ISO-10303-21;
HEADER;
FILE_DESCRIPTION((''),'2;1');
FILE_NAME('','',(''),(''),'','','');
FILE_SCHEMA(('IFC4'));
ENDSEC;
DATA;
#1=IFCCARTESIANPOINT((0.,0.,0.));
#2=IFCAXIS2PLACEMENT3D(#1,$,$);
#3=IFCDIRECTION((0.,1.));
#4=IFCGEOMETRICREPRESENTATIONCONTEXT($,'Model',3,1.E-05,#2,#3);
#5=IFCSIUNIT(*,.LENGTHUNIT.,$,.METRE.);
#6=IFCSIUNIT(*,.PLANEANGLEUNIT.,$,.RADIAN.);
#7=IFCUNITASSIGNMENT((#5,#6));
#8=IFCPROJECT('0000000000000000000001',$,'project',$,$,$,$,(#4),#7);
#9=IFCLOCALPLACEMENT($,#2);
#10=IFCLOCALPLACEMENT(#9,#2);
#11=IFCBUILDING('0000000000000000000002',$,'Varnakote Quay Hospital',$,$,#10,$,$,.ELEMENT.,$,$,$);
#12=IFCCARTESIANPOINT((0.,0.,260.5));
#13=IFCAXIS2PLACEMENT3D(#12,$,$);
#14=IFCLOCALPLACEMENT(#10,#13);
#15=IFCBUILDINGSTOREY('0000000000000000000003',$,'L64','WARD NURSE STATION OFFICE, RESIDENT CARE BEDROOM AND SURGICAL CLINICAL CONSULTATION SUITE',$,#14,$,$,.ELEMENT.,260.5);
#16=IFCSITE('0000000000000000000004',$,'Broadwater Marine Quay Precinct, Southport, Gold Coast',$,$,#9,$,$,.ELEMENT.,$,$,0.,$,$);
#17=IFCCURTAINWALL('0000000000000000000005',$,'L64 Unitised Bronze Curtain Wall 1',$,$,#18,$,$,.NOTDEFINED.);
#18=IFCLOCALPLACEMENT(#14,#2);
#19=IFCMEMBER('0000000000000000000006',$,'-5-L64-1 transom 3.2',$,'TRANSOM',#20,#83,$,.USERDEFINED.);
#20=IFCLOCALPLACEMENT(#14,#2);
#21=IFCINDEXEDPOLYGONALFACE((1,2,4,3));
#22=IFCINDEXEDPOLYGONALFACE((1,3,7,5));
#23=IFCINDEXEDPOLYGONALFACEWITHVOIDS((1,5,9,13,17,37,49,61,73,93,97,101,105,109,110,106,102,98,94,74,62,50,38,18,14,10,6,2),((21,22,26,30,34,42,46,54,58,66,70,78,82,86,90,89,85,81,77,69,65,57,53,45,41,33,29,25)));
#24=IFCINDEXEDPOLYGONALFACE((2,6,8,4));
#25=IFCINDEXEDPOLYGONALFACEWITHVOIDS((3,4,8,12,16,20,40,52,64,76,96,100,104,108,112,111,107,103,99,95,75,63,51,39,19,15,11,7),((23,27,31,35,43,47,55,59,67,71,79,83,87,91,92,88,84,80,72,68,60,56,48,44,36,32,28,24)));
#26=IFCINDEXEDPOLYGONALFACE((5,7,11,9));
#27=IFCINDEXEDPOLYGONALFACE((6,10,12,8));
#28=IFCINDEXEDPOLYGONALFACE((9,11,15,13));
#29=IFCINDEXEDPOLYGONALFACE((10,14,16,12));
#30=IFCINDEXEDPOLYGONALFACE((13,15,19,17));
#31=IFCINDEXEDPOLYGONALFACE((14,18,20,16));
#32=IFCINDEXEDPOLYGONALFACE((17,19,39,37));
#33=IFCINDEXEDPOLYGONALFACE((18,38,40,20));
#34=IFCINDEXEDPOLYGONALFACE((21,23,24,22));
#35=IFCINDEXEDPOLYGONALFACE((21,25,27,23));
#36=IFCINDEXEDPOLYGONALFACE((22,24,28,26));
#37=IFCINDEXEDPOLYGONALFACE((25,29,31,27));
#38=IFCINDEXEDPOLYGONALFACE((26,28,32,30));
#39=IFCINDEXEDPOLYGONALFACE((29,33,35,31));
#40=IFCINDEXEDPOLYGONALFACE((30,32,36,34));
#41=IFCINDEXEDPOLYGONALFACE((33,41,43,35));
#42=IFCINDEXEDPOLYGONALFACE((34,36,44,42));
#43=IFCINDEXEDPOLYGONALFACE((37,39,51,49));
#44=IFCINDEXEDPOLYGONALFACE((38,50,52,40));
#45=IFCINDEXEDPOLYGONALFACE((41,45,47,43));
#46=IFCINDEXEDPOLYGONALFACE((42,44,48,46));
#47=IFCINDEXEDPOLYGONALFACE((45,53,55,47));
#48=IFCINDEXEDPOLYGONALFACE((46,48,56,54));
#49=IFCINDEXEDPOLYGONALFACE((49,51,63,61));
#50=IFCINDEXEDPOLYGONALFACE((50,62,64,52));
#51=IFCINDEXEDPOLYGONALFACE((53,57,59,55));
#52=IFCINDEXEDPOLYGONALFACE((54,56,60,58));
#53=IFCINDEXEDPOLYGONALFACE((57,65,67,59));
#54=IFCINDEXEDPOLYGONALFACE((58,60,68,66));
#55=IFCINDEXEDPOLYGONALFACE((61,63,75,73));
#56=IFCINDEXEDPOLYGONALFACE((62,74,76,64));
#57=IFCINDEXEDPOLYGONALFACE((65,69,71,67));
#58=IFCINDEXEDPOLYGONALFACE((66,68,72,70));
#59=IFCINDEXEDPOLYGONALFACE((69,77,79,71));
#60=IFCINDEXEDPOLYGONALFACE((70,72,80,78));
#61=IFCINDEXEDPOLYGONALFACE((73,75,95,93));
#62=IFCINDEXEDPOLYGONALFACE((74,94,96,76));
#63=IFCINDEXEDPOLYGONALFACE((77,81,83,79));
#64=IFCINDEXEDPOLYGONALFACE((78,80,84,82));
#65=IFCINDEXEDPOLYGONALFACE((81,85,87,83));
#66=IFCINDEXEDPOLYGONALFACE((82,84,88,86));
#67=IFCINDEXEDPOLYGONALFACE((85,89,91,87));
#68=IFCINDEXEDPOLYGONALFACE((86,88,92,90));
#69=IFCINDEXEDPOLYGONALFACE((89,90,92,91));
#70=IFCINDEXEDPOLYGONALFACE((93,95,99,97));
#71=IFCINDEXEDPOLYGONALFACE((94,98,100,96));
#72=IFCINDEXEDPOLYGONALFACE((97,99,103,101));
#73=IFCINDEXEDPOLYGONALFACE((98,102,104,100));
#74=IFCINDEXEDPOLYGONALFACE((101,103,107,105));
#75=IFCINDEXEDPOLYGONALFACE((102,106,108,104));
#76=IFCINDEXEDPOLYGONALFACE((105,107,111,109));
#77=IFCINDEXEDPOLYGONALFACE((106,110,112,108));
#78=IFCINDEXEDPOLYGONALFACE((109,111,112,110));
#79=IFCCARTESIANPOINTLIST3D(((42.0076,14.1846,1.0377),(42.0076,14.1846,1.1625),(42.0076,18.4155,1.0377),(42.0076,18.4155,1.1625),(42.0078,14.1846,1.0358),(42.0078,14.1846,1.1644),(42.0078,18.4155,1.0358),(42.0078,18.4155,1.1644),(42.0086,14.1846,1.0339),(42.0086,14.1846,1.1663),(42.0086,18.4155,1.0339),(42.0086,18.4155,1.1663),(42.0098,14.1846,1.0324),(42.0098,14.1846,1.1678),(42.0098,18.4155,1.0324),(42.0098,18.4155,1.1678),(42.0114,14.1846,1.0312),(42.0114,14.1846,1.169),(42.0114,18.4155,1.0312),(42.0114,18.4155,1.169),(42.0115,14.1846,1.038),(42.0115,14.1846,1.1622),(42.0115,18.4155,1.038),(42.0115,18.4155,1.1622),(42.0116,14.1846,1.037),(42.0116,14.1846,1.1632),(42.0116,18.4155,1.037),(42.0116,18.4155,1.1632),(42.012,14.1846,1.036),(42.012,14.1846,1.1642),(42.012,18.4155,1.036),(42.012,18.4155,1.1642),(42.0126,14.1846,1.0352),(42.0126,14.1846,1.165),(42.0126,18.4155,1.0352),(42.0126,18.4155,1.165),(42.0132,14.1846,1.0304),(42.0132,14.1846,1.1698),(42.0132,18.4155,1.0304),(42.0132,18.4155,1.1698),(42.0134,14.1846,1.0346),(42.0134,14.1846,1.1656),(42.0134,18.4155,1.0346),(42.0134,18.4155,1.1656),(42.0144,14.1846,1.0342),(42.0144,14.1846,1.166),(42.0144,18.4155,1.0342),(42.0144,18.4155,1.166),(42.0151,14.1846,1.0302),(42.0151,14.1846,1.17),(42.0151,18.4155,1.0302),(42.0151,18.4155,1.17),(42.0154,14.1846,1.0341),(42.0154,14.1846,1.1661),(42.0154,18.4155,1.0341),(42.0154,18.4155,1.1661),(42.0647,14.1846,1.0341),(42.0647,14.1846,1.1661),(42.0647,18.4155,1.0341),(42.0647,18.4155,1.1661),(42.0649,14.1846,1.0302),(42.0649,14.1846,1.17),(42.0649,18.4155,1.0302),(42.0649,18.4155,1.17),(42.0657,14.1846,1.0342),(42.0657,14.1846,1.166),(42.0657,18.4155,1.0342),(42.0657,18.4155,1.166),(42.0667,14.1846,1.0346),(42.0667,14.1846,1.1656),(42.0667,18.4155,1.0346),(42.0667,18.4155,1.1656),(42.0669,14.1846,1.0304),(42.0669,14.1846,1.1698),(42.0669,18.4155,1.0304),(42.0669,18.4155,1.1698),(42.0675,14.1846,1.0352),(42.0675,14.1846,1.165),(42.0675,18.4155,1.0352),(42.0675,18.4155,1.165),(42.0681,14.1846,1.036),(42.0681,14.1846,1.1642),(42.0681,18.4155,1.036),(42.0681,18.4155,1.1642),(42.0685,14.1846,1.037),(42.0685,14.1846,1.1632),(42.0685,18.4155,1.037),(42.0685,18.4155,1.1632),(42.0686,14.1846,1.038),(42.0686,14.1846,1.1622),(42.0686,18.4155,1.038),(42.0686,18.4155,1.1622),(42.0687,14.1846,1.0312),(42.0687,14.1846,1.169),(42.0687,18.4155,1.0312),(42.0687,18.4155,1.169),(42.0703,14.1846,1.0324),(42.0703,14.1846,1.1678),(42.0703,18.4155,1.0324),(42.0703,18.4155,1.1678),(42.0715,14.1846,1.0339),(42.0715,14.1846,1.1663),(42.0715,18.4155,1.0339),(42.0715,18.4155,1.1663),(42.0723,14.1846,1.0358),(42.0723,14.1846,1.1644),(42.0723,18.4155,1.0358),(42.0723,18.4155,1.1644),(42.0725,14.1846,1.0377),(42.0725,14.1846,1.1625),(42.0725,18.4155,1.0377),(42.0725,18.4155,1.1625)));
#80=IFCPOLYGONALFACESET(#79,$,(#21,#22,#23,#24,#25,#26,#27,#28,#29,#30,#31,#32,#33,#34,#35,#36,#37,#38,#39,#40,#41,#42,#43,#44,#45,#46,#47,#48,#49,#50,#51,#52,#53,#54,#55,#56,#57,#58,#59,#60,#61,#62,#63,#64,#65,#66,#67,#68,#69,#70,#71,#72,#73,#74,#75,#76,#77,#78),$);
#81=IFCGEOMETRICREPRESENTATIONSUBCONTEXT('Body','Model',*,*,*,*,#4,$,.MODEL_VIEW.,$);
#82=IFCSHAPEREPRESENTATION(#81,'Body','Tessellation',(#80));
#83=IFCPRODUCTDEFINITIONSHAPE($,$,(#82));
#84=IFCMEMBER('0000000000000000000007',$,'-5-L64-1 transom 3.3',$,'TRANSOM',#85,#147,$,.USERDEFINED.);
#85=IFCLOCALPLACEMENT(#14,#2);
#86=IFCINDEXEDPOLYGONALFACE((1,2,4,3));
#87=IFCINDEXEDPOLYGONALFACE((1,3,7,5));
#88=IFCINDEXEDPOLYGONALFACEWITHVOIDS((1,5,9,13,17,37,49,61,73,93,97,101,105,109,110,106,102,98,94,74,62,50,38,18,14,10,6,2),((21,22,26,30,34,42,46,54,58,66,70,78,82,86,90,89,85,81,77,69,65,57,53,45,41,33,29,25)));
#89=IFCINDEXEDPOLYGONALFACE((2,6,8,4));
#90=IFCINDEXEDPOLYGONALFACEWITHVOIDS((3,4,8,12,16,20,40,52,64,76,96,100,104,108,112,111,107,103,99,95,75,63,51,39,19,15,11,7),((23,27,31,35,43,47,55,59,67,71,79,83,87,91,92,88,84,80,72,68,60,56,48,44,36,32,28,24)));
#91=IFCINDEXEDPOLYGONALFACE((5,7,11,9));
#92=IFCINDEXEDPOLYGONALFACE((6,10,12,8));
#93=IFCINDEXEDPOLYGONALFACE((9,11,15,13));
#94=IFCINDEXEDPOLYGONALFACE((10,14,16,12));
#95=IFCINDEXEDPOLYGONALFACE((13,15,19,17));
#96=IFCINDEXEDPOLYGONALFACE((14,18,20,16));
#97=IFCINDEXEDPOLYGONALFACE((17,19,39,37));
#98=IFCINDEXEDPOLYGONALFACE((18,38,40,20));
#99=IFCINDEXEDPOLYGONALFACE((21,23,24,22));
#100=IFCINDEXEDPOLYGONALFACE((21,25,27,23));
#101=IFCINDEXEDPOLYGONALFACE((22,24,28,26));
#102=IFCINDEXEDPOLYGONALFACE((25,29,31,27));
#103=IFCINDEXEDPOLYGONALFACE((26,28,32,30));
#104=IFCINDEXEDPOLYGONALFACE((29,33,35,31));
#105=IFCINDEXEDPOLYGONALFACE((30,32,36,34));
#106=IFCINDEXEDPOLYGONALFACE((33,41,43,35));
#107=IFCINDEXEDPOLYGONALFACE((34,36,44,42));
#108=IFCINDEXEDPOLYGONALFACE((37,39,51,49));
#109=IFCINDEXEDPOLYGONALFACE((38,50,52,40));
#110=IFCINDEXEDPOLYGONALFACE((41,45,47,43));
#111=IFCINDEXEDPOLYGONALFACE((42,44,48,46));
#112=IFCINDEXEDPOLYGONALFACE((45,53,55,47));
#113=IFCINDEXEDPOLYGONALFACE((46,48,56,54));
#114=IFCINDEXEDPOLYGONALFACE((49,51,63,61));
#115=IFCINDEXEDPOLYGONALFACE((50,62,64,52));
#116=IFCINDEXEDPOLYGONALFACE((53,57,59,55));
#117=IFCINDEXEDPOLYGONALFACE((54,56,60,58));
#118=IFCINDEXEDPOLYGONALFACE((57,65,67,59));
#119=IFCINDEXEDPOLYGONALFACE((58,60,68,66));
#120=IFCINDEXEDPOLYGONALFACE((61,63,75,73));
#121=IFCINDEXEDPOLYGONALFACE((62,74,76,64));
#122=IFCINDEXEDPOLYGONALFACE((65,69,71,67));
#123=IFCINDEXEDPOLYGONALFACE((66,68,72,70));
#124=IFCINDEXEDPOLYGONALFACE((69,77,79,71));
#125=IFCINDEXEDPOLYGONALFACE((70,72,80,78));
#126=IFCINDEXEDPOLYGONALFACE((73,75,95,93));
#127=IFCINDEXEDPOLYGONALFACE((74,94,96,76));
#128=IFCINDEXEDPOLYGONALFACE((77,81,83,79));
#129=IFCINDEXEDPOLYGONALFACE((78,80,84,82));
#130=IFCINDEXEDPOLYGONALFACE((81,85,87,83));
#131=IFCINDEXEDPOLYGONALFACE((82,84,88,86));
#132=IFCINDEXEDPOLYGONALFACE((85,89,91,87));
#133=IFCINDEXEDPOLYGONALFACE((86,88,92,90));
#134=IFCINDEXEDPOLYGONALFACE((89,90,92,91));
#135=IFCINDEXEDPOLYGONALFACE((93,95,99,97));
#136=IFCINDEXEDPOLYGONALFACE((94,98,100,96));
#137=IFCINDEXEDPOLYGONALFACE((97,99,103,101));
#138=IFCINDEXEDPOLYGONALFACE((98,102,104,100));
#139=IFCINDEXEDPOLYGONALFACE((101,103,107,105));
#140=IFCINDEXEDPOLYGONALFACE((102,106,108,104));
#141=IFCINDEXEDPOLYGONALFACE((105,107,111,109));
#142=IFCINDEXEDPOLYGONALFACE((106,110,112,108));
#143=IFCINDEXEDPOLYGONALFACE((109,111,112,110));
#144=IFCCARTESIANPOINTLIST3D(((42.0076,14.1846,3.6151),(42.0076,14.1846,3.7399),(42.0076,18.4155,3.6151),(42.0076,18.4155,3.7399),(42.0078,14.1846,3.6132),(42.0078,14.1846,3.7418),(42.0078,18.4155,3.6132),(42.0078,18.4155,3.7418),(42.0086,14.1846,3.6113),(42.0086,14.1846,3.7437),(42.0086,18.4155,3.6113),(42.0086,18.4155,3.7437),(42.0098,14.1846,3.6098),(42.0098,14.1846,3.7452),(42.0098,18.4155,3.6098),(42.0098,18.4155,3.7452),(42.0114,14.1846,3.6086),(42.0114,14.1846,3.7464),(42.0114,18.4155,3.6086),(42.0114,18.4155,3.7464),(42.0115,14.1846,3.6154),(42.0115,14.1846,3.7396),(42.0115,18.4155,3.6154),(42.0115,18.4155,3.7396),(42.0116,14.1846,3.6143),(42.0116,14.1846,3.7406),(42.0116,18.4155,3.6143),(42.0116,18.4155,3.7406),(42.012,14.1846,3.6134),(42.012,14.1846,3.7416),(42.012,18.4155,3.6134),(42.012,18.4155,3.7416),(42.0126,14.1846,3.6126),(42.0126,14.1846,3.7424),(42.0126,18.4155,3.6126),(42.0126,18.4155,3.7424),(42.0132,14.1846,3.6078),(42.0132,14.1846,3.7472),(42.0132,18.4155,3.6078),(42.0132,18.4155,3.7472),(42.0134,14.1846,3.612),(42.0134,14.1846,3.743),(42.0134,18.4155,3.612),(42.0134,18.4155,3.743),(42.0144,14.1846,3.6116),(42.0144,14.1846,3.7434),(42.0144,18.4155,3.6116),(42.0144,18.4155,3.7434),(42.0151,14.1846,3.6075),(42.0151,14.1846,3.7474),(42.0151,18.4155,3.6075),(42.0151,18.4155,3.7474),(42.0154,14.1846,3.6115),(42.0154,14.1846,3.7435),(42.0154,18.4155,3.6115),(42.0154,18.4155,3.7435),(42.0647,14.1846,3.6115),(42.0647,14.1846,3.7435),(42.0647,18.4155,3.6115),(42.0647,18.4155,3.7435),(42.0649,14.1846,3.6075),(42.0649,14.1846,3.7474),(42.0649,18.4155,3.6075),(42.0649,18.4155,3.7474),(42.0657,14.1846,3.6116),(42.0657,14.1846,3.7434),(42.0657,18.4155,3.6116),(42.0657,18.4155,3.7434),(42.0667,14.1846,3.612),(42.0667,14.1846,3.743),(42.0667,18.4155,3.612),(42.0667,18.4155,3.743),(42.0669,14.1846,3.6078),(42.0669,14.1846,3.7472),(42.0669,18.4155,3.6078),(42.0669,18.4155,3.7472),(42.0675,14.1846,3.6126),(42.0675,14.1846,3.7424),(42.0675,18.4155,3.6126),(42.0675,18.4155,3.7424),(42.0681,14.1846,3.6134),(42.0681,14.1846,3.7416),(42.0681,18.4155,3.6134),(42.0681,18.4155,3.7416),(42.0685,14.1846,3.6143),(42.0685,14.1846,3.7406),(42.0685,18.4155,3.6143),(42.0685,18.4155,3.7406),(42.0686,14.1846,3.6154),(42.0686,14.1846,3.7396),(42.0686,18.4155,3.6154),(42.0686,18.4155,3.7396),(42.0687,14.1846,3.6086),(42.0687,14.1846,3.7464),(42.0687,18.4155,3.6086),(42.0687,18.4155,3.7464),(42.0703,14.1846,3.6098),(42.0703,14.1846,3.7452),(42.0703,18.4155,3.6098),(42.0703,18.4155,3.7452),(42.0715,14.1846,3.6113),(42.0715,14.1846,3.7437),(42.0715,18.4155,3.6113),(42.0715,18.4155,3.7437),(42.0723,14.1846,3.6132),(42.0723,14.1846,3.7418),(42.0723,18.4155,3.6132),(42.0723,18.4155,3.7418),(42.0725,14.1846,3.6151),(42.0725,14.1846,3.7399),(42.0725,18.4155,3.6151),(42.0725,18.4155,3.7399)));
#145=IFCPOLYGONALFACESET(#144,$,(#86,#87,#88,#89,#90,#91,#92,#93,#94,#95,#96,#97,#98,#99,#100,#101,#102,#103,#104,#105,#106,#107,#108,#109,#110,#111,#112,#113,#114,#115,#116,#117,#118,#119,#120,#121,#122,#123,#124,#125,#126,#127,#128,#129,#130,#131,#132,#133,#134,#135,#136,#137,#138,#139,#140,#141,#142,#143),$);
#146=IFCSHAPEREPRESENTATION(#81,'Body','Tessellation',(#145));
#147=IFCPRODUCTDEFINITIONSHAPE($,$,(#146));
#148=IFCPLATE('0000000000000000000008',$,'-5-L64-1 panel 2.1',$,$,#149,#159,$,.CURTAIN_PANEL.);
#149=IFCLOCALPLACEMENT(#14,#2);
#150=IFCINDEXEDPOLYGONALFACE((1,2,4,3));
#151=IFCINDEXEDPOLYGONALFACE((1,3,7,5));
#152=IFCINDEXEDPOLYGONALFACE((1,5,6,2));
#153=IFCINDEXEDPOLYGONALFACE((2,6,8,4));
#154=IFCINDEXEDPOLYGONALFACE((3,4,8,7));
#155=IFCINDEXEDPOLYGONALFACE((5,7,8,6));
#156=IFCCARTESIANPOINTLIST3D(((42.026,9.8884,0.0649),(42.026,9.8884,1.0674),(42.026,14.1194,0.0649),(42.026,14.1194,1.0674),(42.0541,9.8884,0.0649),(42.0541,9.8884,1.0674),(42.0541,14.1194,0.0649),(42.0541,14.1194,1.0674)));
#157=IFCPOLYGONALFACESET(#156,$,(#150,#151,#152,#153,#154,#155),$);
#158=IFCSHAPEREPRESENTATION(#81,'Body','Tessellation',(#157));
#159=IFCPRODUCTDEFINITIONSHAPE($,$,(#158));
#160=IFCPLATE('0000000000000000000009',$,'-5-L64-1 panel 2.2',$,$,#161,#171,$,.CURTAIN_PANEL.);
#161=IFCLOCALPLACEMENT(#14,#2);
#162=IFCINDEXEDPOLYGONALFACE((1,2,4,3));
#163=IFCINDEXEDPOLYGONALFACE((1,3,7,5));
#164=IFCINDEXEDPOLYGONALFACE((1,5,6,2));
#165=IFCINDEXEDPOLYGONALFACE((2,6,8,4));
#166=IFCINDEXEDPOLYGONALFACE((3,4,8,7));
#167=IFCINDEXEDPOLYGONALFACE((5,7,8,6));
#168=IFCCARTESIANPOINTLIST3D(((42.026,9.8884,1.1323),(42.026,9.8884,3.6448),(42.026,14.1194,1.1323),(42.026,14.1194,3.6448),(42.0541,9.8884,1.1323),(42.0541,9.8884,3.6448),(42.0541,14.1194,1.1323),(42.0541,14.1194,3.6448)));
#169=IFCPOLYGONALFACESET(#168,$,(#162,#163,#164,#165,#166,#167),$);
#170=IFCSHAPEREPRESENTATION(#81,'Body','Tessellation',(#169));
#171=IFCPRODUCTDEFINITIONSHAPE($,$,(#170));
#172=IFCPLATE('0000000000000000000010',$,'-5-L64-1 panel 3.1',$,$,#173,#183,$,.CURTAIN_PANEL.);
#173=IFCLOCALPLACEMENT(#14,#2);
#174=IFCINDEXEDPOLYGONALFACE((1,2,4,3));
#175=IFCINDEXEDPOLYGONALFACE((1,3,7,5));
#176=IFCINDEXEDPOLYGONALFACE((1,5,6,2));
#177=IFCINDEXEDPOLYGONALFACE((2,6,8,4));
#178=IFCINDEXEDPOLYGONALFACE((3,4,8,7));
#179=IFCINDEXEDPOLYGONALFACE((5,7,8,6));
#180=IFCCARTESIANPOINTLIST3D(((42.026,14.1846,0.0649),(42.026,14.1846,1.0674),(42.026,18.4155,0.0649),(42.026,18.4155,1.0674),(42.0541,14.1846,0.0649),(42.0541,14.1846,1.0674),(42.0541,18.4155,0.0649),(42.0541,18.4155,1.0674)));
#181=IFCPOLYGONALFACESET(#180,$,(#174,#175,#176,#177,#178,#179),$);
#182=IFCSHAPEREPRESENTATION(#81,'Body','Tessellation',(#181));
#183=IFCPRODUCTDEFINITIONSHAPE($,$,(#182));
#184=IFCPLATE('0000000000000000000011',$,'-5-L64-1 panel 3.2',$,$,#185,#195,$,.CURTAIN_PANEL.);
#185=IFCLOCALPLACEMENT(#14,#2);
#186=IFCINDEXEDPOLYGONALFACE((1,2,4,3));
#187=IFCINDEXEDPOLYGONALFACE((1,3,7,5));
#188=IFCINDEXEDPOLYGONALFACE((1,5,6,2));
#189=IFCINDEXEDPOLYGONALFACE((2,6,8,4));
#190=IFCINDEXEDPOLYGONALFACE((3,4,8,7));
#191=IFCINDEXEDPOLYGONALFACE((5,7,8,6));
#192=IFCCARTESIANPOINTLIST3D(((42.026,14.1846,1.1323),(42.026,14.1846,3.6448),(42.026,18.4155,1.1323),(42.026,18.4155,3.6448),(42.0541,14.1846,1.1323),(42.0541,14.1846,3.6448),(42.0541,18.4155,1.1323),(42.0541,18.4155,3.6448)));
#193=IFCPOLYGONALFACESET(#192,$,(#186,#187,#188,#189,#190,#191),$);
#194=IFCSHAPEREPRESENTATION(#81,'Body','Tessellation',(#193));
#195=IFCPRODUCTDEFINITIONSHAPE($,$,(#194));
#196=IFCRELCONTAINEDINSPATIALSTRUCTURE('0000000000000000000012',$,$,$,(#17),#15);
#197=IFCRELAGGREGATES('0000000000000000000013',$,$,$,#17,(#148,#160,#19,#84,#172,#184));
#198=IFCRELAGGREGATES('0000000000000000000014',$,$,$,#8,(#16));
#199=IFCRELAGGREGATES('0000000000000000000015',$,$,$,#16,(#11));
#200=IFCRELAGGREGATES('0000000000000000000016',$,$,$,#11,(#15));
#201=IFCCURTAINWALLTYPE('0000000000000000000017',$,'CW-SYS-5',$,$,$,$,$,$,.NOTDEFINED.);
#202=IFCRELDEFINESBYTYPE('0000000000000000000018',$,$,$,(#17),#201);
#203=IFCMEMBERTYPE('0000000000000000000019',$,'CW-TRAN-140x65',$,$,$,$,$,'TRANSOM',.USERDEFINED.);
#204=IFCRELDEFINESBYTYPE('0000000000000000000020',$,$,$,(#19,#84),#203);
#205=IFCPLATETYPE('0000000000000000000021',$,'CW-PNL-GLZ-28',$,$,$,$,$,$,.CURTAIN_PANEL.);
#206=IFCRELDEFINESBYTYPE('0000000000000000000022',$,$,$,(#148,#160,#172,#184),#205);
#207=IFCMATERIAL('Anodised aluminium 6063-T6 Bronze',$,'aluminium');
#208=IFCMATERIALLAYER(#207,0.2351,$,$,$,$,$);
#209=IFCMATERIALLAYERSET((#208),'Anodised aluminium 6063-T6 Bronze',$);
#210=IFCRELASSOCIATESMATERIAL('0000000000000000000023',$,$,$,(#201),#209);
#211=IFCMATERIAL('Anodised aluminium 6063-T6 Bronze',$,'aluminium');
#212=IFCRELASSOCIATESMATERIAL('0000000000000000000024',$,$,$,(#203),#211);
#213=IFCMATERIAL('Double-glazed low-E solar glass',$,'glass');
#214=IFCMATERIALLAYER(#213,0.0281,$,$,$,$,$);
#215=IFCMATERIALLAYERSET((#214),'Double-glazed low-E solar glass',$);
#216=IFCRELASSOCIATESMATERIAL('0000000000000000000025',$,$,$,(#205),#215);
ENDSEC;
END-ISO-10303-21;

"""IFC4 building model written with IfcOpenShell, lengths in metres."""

from ifc_helpers import new_model, si_unit, direction, frame, origin, origin_2d, place, context, subcontext, project, spatial, rectangle, hollow_rectangle, extrude, material, layer, layer_set, material_profile, profile_set, type_object, element, aggregate, save


model = new_model("IFC4")

# Units and contexts
model_context = context("Model", 3, precision=1e-05, world=origin(), true_north=direction((0.0, 1.0)))
body_context = subcontext(model_context, "Body", "Model", "MODEL_VIEW")
ifc_project = project(units=[si_unit("LENGTHUNIT", "METRE"), si_unit("PLANEANGLEUNIT", "RADIAN")], contexts=[model_context])

# Site, building, storey
site_placement = place(None, origin())
site = spatial("IfcSite", under=ifc_project, at=site_placement, Name="Broadwater Marine Quay Precinct, Southport, Gold Coast", CompositionType="ELEMENT", RefElevation=0.0)
building_placement = place(site_placement, origin())
building = spatial("IfcBuilding", under=site, at=building_placement, Name="Varnakote Quay Hospital", CompositionType="ELEMENT")
storey_placement = place(building_placement, frame((0.0, 0.0, 260.5)))
storey = spatial("IfcBuildingStorey", under=building, at=storey_placement, Name="L64", Description="WARD NURSE STATION OFFICE, RESIDENT CARE BEDROOM AND SURGICAL CLINICAL CONSULTATION SUITE", CompositionType="ELEMENT", Elevation=260.5)

# Curtain wall, members, plates
ifc_material_1 = material(Name="Anodised aluminium 6063-T6 Bronze", Category="aluminium")
ifc_layer_1 = layer(ifc_material_1, 0.2351)
ifc_layer_set_1 = layer_set([ifc_layer_1], Name="Anodised aluminium 6063-T6 Bronze")
curtain_wall_type = type_object("IfcCurtainWallType", Name="CW-SYS-5", PredefinedType="NOTDEFINED", material=ifc_layer_set_1)
curtain_wall_placement = place(storey_placement, origin())
curtain_wall = element("IfcCurtainWall", 1, at=curtain_wall_placement, inside=storey, type_object=curtain_wall_type, Name="L64 Unitised Bronze Curtain Wall 1", PredefinedType="NOTDEFINED")
ifc_material_2 = material(Name="Anodised aluminium 6063-T6 Bronze", Category="aluminium")
ifc_material_profile_1 = material_profile(ifc_material_2, hollow_rectangle(XDim=0.0649, YDim=0.1399, WallThickness=0.0039, InnerFilletRadius=0.0039, OuterFilletRadius=0.0076, at=origin_2d()), Name="CW-TRAN-140x65")
ifc_profile_set_1 = profile_set([ifc_material_profile_1], Name="Anodised aluminium 6063-T6 Bronze")
member_type_1 = type_object("IfcMemberType", Name="CW-TRAN-140x65", ElementType="TRANSOM", PredefinedType="USERDEFINED", material=ifc_profile_set_1)
member_1_placement = place(storey_placement, frame((42.04, 14.1846, 1.1001), z_axis=(0.0, 1.0, 0.0), x_axis=(-1.0, 0.0, 0.0)))
member_1 = element("IfcMember", 2, at=member_1_placement, type_object=member_type_1, Name="-5-L64-1 transom 3.2", ObjectType="TRANSOM", PredefinedType="USERDEFINED", context=body_context, shape_type="SweptSolid", body=[
    extrude(hollow_rectangle(XDim=0.0649, YDim=0.1399, WallThickness=0.0039, InnerFilletRadius=0.0039, OuterFilletRadius=0.0076, at=origin_2d()), origin(), (0.0, 0.0, 1.0), 4.231),
])
member_2_placement = place(storey_placement, frame((42.04, 14.1846, 3.6775), z_axis=(0.0, 1.0, 0.0), x_axis=(-1.0, 0.0, 0.0)))
member_2 = element("IfcMember", 3, at=member_2_placement, type_object=member_type_1, Name="-5-L64-1 transom 3.3", ObjectType="TRANSOM", PredefinedType="USERDEFINED", context=body_context, shape_type="SweptSolid", body=[
    extrude(hollow_rectangle(XDim=0.0649, YDim=0.1399, WallThickness=0.0039, InnerFilletRadius=0.0039, OuterFilletRadius=0.0076, at=origin_2d()), origin(), (0.0, 0.0, 1.0), 4.231),
])
ifc_material_3 = material(Name="Double-glazed low-E solar glass", Category="glass")
ifc_layer_2 = layer(ifc_material_3, 0.0281)
ifc_layer_set_2 = layer_set([ifc_layer_2], Name="Double-glazed low-E solar glass")
plate_type = type_object("IfcPlateType", Name="CW-PNL-GLZ-28", PredefinedType="CURTAIN_PANEL", material=ifc_layer_set_2)
plate_1_placement = place(storey_placement, frame((42.04, 12.0039, 0.0649), z_axis=(0.0, 0.0, 1.0), x_axis=(0.0, 1.0, 0.0)))
plate_1 = element("IfcPlate", 4, at=plate_1_placement, type_object=plate_type, Name="-5-L64-1 panel 2.1", PredefinedType="CURTAIN_PANEL", context=body_context, shape_type="SweptSolid", body=[
    extrude(rectangle(XDim=4.231, YDim=0.0281, at=origin_2d()), origin(), (0.0, 0.0, 1.0), 1.0024),
])
plate_2_placement = place(storey_placement, frame((42.04, 12.0039, 1.1323), z_axis=(0.0, 0.0, 1.0), x_axis=(0.0, 1.0, 0.0)))
plate_2 = element("IfcPlate", 5, at=plate_2_placement, type_object=plate_type, Name="-5-L64-1 panel 2.2", PredefinedType="CURTAIN_PANEL", context=body_context, shape_type="SweptSolid", body=[
    extrude(rectangle(XDim=4.231, YDim=0.0281, at=origin_2d()), origin(), (0.0, 0.0, 1.0), 2.5125),
])
plate_3_placement = place(storey_placement, frame((42.04, 16.3, 0.0649), z_axis=(0.0, 0.0, 1.0), x_axis=(0.0, 1.0, 0.0)))
plate_3 = element("IfcPlate", 6, at=plate_3_placement, type_object=plate_type, Name="-5-L64-1 panel 3.1", PredefinedType="CURTAIN_PANEL", context=body_context, shape_type="SweptSolid", body=[
    extrude(rectangle(XDim=4.231, YDim=0.0281, at=origin_2d()), origin(), (0.0, 0.0, 1.0), 1.0024),
])
plate_4_placement = place(storey_placement, frame((42.04, 16.3, 1.1323), z_axis=(0.0, 0.0, 1.0), x_axis=(0.0, 1.0, 0.0)))
plate_4 = element("IfcPlate", 7, at=plate_4_placement, type_object=plate_type, Name="-5-L64-1 panel 3.2", PredefinedType="CURTAIN_PANEL", context=body_context, shape_type="SweptSolid", body=[
    extrude(rectangle(XDim=4.231, YDim=0.0281, at=origin_2d()), origin(), (0.0, 0.0, 1.0), 2.5125),
])
aggregate(curtain_wall, [plate_1, plate_2, member_1, member_2, plate_3, plate_4])

save(model, "model.ifc")
